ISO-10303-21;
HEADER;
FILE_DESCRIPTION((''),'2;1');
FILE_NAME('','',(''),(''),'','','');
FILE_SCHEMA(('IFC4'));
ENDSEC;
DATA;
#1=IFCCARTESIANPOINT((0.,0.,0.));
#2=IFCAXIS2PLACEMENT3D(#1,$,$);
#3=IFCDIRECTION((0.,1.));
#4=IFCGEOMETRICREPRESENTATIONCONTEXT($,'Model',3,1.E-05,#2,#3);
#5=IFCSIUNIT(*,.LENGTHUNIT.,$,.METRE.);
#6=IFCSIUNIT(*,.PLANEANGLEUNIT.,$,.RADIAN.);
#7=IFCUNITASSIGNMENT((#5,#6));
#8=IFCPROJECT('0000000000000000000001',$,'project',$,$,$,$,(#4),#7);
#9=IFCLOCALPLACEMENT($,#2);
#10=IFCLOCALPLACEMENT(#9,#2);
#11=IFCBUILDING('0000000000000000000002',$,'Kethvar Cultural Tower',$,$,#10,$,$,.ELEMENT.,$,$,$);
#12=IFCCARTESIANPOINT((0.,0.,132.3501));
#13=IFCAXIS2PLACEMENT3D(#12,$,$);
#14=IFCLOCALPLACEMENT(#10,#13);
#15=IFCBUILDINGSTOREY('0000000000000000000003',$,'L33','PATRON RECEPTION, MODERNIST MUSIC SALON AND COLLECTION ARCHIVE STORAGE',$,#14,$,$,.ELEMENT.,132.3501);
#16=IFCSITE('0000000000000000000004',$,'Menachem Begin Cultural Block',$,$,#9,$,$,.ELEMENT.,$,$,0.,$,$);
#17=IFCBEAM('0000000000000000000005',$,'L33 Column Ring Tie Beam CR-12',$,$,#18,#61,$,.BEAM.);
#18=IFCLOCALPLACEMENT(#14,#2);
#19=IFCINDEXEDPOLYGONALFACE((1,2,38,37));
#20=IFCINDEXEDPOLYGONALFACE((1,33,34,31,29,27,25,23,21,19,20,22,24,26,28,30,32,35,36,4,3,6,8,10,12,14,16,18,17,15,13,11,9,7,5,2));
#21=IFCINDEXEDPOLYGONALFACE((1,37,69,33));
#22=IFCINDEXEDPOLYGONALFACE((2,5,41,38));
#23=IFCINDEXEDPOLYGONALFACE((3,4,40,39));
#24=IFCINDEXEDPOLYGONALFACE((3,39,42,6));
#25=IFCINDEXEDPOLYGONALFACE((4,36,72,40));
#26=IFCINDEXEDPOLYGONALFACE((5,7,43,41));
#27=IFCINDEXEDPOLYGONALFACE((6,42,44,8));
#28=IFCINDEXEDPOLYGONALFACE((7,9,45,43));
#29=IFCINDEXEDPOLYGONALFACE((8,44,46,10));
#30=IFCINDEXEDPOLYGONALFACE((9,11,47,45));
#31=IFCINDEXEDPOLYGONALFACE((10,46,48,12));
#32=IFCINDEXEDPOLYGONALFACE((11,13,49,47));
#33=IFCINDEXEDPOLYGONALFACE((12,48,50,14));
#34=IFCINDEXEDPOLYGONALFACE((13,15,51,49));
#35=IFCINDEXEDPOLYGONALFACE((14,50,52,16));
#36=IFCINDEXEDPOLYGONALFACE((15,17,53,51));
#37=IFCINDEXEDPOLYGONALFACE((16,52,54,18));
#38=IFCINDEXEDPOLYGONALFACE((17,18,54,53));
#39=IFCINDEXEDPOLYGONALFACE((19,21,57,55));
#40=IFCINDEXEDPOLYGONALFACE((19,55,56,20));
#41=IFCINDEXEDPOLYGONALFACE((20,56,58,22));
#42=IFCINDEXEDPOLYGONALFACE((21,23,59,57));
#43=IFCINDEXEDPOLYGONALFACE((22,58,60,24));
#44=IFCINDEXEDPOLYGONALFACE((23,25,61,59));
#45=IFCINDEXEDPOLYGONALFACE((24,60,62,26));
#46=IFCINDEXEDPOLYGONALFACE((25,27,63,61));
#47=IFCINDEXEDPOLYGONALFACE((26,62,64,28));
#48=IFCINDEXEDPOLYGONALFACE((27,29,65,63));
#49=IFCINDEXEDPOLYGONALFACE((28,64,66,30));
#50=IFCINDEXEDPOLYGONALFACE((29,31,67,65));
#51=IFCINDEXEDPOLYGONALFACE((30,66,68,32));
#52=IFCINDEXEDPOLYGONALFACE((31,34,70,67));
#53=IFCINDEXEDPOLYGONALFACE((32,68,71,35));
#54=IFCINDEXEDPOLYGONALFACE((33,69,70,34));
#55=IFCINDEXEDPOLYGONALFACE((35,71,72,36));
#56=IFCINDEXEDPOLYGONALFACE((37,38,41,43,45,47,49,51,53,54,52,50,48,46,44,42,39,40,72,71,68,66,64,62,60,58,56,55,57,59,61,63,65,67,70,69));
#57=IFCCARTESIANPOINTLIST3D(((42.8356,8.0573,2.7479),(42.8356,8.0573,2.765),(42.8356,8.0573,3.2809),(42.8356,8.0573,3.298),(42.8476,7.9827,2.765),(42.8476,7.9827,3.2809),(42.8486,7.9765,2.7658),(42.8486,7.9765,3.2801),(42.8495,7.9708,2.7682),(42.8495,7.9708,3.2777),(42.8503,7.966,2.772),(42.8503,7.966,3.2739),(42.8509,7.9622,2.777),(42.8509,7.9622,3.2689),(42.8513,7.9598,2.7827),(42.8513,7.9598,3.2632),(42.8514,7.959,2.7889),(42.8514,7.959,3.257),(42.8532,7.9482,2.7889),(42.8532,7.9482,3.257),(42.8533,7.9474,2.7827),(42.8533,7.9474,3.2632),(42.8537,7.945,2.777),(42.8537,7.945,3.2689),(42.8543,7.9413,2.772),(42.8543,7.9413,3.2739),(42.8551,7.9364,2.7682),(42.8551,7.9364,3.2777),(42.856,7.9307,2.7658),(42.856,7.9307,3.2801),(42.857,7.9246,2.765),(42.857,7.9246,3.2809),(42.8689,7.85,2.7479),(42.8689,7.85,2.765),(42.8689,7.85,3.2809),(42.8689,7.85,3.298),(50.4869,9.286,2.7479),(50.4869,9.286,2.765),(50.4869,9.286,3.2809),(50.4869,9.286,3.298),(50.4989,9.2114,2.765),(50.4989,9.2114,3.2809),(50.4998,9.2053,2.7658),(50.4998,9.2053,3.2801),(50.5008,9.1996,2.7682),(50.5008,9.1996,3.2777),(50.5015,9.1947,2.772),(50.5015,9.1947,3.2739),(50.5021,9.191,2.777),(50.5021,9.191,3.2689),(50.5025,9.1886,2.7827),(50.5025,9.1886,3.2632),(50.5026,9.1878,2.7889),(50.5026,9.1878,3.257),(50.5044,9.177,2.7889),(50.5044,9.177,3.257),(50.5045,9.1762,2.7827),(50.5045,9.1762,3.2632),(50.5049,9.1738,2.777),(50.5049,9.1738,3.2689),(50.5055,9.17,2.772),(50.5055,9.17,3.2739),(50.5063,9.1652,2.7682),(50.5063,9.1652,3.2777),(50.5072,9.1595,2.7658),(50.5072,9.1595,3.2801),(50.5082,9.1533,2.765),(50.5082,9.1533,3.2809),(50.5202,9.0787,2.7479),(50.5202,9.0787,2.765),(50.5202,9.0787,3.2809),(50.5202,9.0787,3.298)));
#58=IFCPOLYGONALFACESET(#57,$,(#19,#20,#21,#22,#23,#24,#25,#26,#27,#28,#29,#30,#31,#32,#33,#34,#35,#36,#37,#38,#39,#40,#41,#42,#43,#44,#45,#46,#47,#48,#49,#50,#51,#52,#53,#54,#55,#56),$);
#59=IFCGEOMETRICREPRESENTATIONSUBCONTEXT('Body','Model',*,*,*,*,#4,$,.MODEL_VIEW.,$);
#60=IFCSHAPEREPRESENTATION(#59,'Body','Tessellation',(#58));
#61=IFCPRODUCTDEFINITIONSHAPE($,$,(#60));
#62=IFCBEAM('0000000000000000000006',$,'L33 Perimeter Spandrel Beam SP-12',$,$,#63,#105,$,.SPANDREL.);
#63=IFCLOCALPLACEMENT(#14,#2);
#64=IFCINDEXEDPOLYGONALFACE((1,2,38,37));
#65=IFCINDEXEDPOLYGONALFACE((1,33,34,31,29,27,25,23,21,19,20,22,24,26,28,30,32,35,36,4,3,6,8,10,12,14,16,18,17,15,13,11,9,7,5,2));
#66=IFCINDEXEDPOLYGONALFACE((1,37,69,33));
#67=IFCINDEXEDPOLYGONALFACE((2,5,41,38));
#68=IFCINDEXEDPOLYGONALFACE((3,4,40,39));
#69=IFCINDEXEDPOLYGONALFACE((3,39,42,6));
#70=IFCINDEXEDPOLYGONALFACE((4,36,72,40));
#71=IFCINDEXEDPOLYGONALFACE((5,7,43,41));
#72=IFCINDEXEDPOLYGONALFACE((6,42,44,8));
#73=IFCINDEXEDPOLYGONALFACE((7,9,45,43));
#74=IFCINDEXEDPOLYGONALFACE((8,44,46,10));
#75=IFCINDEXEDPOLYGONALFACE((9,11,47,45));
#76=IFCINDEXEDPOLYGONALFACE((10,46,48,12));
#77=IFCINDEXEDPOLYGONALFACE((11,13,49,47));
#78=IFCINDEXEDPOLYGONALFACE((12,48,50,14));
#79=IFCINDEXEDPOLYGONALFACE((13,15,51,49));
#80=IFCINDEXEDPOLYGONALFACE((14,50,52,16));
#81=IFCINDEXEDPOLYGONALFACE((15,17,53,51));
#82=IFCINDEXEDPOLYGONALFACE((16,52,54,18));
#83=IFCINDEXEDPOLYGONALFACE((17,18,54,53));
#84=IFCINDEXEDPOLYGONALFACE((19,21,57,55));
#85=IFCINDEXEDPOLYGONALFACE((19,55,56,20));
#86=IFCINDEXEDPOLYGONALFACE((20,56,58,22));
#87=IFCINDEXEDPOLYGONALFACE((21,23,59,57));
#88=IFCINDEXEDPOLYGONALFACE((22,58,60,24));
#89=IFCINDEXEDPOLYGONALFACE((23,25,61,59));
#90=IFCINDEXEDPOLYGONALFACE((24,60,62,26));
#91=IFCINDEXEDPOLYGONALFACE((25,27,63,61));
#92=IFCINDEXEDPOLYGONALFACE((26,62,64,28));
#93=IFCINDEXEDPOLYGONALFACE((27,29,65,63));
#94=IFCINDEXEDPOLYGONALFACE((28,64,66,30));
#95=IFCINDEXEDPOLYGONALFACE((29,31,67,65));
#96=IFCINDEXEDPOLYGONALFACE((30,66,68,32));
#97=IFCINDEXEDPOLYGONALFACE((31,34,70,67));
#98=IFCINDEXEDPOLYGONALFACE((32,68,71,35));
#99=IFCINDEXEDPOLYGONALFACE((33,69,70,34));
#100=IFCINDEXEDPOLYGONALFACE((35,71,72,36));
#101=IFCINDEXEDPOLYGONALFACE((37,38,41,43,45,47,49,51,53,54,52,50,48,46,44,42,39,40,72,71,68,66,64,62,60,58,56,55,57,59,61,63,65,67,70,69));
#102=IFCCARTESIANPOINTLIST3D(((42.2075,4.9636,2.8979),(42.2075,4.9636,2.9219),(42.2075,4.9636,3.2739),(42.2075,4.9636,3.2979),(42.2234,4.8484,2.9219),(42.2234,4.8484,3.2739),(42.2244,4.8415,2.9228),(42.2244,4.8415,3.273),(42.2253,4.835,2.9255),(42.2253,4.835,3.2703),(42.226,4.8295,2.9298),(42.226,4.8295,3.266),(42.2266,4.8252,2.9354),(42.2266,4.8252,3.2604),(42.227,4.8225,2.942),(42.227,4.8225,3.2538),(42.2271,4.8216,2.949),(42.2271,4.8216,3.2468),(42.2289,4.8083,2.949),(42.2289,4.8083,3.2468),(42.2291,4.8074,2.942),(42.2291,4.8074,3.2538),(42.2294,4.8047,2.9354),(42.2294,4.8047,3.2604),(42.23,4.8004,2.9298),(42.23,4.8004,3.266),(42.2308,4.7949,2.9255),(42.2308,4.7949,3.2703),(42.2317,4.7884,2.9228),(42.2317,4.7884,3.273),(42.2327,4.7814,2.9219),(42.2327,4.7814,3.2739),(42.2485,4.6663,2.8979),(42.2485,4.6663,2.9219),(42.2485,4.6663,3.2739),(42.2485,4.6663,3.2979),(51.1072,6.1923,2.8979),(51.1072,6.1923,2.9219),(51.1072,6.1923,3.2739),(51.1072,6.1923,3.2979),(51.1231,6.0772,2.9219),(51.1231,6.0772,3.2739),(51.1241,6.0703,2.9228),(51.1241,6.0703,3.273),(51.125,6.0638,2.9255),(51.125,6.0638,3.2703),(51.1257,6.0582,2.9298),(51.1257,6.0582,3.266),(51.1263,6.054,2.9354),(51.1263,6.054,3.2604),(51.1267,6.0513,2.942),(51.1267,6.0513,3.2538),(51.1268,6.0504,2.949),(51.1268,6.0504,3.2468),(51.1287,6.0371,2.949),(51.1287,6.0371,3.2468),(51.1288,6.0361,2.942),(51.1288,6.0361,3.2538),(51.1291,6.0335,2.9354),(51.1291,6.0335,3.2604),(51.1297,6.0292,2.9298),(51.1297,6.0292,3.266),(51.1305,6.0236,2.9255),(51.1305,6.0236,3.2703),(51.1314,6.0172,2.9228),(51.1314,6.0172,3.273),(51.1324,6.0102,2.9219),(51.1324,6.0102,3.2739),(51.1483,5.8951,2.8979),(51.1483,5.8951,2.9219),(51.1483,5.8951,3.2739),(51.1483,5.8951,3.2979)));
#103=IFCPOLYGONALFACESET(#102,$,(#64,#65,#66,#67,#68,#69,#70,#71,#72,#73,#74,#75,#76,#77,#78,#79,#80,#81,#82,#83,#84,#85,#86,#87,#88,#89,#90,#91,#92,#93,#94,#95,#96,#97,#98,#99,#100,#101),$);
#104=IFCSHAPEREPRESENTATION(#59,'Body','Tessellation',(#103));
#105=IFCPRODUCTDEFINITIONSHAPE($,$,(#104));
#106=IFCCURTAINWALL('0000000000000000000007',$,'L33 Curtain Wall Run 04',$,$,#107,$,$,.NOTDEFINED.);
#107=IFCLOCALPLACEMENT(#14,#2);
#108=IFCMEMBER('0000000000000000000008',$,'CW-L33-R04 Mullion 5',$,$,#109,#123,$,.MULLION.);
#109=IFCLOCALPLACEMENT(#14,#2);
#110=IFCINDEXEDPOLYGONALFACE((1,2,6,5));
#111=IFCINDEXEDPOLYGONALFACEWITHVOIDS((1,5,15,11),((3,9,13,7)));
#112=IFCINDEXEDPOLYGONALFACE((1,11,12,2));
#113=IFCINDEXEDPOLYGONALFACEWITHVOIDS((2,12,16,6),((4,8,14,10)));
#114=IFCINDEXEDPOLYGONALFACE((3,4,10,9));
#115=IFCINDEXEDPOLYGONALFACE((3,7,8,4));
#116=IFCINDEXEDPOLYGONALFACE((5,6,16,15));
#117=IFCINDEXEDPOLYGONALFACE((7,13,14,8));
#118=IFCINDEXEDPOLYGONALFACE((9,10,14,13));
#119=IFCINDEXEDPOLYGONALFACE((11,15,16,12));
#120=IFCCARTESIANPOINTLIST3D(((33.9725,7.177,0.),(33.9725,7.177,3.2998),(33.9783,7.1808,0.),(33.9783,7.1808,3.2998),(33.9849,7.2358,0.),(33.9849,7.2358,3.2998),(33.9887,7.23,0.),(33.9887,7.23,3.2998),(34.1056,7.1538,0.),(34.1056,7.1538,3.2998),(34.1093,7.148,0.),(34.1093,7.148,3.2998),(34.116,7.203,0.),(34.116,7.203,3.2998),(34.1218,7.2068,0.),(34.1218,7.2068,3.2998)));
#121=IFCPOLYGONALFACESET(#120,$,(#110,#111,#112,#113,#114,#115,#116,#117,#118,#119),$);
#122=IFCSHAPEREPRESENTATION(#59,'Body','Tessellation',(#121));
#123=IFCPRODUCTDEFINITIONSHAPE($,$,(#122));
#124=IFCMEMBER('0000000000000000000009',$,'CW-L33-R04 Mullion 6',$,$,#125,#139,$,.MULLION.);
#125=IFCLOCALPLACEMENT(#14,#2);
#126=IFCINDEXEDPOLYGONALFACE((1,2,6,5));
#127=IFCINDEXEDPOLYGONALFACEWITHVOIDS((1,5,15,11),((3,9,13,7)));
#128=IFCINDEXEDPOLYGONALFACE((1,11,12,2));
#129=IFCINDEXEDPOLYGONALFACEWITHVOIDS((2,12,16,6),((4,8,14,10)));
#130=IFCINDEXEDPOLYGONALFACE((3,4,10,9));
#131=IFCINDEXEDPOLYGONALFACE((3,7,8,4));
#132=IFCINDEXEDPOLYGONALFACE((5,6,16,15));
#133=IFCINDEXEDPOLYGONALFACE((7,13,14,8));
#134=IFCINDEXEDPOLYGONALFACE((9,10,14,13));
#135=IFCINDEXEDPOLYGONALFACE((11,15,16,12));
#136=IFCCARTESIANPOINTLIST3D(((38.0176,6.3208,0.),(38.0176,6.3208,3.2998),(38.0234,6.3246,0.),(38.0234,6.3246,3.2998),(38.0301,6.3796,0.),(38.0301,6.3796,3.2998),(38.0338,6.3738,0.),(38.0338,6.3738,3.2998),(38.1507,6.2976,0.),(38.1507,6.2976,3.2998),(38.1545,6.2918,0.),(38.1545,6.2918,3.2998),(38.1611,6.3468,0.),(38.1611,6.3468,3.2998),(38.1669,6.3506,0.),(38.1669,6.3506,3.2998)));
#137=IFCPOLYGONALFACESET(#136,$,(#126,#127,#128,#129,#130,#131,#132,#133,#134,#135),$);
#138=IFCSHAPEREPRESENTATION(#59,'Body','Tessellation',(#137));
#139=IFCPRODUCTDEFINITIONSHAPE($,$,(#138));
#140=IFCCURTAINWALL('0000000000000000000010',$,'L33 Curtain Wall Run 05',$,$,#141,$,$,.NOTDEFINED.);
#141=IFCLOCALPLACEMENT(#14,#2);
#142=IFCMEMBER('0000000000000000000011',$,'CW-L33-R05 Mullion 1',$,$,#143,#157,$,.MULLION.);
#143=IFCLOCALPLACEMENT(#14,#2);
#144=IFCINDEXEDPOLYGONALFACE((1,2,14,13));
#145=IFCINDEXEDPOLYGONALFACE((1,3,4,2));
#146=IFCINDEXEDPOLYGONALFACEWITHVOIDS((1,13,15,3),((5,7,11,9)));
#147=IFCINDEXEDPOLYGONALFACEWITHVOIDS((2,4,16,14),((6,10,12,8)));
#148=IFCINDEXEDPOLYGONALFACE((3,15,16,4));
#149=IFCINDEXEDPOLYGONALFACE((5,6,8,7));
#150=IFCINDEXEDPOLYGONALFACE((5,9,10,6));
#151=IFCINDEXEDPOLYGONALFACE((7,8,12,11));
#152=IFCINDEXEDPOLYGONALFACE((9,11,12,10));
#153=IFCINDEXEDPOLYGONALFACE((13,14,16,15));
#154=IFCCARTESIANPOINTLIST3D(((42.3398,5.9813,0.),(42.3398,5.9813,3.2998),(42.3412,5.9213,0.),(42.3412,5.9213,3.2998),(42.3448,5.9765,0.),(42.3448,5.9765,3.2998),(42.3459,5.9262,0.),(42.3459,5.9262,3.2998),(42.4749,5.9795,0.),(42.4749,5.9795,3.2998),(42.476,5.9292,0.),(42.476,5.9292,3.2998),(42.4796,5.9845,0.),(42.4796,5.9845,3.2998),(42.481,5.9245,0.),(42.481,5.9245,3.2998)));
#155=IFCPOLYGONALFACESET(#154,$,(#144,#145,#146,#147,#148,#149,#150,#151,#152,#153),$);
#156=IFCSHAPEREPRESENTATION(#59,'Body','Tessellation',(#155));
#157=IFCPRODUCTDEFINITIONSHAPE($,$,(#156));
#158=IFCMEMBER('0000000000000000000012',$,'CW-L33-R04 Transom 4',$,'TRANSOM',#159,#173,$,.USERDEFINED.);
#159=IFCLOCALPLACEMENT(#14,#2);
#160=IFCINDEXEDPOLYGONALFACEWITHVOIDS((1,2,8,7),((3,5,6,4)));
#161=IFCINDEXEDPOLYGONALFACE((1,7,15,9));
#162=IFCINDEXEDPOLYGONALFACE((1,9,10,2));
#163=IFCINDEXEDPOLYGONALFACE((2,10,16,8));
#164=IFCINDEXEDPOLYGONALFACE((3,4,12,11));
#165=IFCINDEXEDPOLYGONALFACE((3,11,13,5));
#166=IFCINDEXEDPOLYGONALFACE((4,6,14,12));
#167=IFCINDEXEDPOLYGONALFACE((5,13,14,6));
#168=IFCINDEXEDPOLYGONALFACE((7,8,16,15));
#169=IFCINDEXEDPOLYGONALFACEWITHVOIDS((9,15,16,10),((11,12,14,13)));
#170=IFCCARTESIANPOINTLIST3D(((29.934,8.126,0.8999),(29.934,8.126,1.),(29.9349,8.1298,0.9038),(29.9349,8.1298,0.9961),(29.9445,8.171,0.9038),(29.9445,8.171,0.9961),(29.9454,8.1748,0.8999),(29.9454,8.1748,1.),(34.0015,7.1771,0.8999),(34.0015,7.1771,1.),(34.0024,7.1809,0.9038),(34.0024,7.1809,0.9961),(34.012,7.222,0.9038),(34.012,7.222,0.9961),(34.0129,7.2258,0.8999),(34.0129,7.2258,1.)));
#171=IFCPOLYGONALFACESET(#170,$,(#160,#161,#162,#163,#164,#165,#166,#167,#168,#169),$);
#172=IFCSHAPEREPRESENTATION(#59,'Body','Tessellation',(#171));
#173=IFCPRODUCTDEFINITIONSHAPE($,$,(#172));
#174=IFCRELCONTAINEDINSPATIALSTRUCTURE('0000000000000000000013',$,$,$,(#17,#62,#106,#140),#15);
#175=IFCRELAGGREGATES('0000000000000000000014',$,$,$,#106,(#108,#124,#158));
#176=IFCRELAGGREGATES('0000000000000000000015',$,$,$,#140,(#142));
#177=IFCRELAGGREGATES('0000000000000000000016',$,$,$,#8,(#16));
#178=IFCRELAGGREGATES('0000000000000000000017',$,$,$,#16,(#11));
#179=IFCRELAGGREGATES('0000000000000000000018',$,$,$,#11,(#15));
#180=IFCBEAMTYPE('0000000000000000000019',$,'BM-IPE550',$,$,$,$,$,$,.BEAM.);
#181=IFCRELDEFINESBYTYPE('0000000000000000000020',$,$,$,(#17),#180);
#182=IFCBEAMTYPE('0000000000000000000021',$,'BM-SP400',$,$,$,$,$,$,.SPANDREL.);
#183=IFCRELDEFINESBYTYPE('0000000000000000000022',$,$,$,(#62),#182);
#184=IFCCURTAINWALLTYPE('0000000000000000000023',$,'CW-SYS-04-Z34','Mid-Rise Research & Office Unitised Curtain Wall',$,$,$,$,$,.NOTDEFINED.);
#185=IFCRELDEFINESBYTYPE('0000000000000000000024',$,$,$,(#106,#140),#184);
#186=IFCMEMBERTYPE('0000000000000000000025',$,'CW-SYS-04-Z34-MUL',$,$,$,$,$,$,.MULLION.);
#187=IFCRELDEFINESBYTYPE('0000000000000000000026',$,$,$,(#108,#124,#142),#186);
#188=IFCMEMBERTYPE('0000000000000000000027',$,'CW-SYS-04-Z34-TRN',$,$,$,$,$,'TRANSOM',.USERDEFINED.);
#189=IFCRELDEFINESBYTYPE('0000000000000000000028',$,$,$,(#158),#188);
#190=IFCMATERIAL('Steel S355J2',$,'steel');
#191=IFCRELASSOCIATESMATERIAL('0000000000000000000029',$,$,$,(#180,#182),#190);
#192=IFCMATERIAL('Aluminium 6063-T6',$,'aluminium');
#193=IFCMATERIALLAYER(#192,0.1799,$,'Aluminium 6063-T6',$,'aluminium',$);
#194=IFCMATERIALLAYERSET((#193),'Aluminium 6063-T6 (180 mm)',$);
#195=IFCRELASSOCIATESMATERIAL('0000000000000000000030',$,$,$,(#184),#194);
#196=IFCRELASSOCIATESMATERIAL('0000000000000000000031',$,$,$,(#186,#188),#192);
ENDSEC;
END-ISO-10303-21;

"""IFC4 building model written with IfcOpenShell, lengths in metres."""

from ifc_helpers import new_model, si_unit, direction, frame, origin, origin_2d, place, context, subcontext, project, spatial, hollow_rectangle, i_section, extrude, source, transform, mapped, material, layer, layer_set, material_profile, profile_set, type_object, element, aggregate, save


model = new_model("IFC4")

# Units and contexts
model_context = context("Model", 3, precision=1e-05, world=origin(), true_north=direction((0.0, 1.0)))
body_context = subcontext(model_context, "Body", "Model", "MODEL_VIEW")
ifc_project = project(units=[si_unit("LENGTHUNIT", "METRE"), si_unit("PLANEANGLEUNIT", "RADIAN")], contexts=[model_context])

# Site, building, storey
site_placement = place(None, origin())
site = spatial("IfcSite", under=ifc_project, at=site_placement, Name="Menachem Begin Cultural Block", CompositionType="ELEMENT", RefElevation=0.0)
building_placement = place(site_placement, origin())
building = spatial("IfcBuilding", under=site, at=building_placement, Name="Kethvar Cultural Tower", CompositionType="ELEMENT")
storey_placement = place(building_placement, frame((0.0, 0.0, 132.3501)))
storey = spatial("IfcBuildingStorey", under=building, at=storey_placement, Name="L33", Description="PATRON RECEPTION, MODERNIST MUSIC SALON AND COLLECTION ARCHIVE STORAGE", CompositionType="ELEMENT", Elevation=132.3501)

# Beams
ifc_material_1 = material(Name="Steel S355J2", Category="steel")
ifc_material_profile_1 = material_profile(ifc_material_1, i_section(OverallWidth=0.21, OverallDepth=0.55, WebThickness=0.011, FlangeThickness=0.0171, FilletRadius=0.0239, at=origin_2d()), Name="Steel S355J2 — IPE550")
ifc_profile_set_1 = profile_set([ifc_material_profile_1], Name="Steel S355J2 — IPE550")
beam_type_1 = type_object("IfcBeamType", Name="BM-IPE550", PredefinedType="BEAM", material=ifc_profile_set_1)
ifc_material_profile_2 = material_profile(ifc_material_1, i_section(OverallWidth=0.3, OverallDepth=0.3999, WebThickness=0.0134, FlangeThickness=0.0239, FilletRadius=0.0271, at=origin_2d()), Name="Steel S355J2 — HEB400")
ifc_profile_set_2 = profile_set([ifc_material_profile_2], Name="Steel S355J2 — HEB400")
beam_type_2 = type_object("IfcBeamType", Name="BM-SP400", PredefinedType="SPANDREL", material=ifc_profile_set_2)
shared_shape_1 = source(origin(), body_context, "Body", "SweptSolid", [
    extrude(i_section(OverallWidth=0.21, OverallDepth=0.55, WebThickness=0.011, FlangeThickness=0.0171, FilletRadius=0.0239, at=origin_2d()), origin(), (0.0, 0.0, 1.0), 7.7493),
])
beam_1_placement = place(storey_placement, frame((42.8523, 7.9536, 3.0229), z_axis=(0.987348, 0.158567, 0.0), x_axis=(-0.158567, 0.987348, 0.0)))
element("IfcBeam", 1, at=beam_1_placement, inside=storey, type_object=beam_type_1, Name="L33 Column Ring Tie Beam CR-12", PredefinedType="BEAM", context=body_context, shape_type="MappedRepresentation", body=[
    mapped(shared_shape_1, transform((0.0, 0.0, 0.0), scale=1.0)),
])
shared_shape_2 = source(origin(), body_context, "Body", "SweptSolid", [
    extrude(i_section(OverallWidth=0.3, OverallDepth=0.3999, WebThickness=0.0134, FlangeThickness=0.0239, FilletRadius=0.0271, at=origin_2d()), origin(), (0.0, 0.0, 1.0), 8.9841),
])
beam_2_placement = place(storey_placement, frame((42.228, 4.8149, 3.0979), z_axis=(0.990603, 0.136771, 0.0), x_axis=(-0.136771, 0.990603, 0.0)))
element("IfcBeam", 2, at=beam_2_placement, inside=storey, type_object=beam_type_2, Name="L33 Perimeter Spandrel Beam SP-12", PredefinedType="SPANDREL", context=body_context, shape_type="MappedRepresentation", body=[
    mapped(shared_shape_2, transform((0.0, 0.0, 0.0), scale=1.0)),
])

# Curtain wall, members
ifc_material_2 = material(Name="Aluminium 6063-T6", Category="aluminium")
ifc_layer_1 = layer(ifc_material_2, 0.1799, Name="Aluminium 6063-T6", Category="aluminium")
ifc_layer_set_1 = layer_set([ifc_layer_1], Name="Aluminium 6063-T6 (180 mm)")
curtain_wall_type = type_object("IfcCurtainWallType", Name="CW-SYS-04-Z34", Description="Mid-Rise Research & Office Unitised Curtain Wall", PredefinedType="NOTDEFINED", material=ifc_layer_set_1)
curtain_wall_1_placement = place(storey_placement, origin())
curtain_wall_1 = element("IfcCurtainWall", 3, at=curtain_wall_1_placement, inside=storey, type_object=curtain_wall_type, Name="L33 Curtain Wall Run 04", PredefinedType="NOTDEFINED")
ifc_material_profile_3 = material_profile(ifc_material_2, hollow_rectangle(XDim=0.0601, YDim=0.1399, WallThickness=0.0049, at=origin_2d()), Name="Aluminium 6063-T6 — RHS140x60x5")
ifc_profile_set_3 = profile_set([ifc_material_profile_3], Name="Aluminium 6063-T6 — RHS140x60x5")
member_type_1 = type_object("IfcMemberType", Name="CW-SYS-04-Z34-MUL", PredefinedType="MULLION", material=ifc_profile_set_3)
shared_shape_3 = source(origin(), body_context, "Body", "SweptSolid", [
    extrude(hollow_rectangle(XDim=0.0601, YDim=0.1399, WallThickness=0.0049, at=origin_2d()), origin(), (0.0, 0.0, 1.0), 3.2998),
])
member_1_placement = place(storey_placement, frame((34.0471, 7.1919, 0.0), z_axis=(0.0, 0.0, 1.0), x_axis=(0.207092, 0.978321, 0.0)))
member_1 = element("IfcMember", 4, at=member_1_placement, type_object=member_type_1, Name="CW-L33-R04 Mullion 5", PredefinedType="MULLION", context=body_context, shape_type="MappedRepresentation", body=[
    mapped(shared_shape_3, transform((0.0, 0.0, 0.0), scale=1.0)),
])
member_2_placement = place(storey_placement, frame((38.0923, 6.3357, 0.0), z_axis=(0.0, 0.0, 1.0), x_axis=(0.207092, 0.978321, 0.0)))
member_2 = element("IfcMember", 5, at=member_2_placement, type_object=member_type_1, Name="CW-L33-R04 Mullion 6", PredefinedType="MULLION", context=body_context, shape_type="MappedRepresentation", body=[
    mapped(shared_shape_3, transform((0.0, 0.0, 0.0), scale=1.0)),
])

# Curtain wall, member
curtain_wall_2_placement = place(storey_placement, origin())
curtain_wall_2 = element("IfcCurtainWall", 6, at=curtain_wall_2_placement, inside=storey, type_object=curtain_wall_type, Name="L33 Curtain Wall Run 05", PredefinedType="NOTDEFINED")
member_3_placement = place(storey_placement, frame((42.4104, 5.9529, 0.0), z_axis=(0.0, 0.0, 1.0), x_axis=(-0.023001, 0.999735, 0.0)))
member_3 = element("IfcMember", 7, at=member_3_placement, type_object=member_type_1, Name="CW-L33-R05 Mullion 1", PredefinedType="MULLION", context=body_context, shape_type="MappedRepresentation", body=[
    mapped(shared_shape_3, transform((0.0, 0.0, 0.0), scale=1.0)),
])

# Member
ifc_material_profile_4 = material_profile(ifc_material_2, hollow_rectangle(XDim=0.05, YDim=0.1001, WallThickness=0.0039, at=origin_2d()), Name="Aluminium 6063-T6 — RHS100x50x4")
ifc_profile_set_4 = profile_set([ifc_material_profile_4], Name="Aluminium 6063-T6 — RHS100x50x4")
member_type_2 = type_object("IfcMemberType", Name="CW-SYS-04-Z34-TRN", ElementType="TRANSOM", PredefinedType="USERDEFINED", material=ifc_profile_set_4)
shared_shape_4 = source(origin(), body_context, "Body", "SweptSolid", [
    extrude(hollow_rectangle(XDim=0.05, YDim=0.1001, WallThickness=0.0039, at=origin_2d()), origin(), (0.0, 0.0, 1.0), 4.1768),
])
member_4_placement = place(storey_placement, frame((29.9397, 8.1504, 0.95), z_axis=(0.973849, -0.227198, 0.0), x_axis=(0.227198, 0.973849, 0.0)))
member_4 = element("IfcMember", 8, at=member_4_placement, type_object=member_type_2, Name="CW-L33-R04 Transom 4", ObjectType="TRANSOM", PredefinedType="USERDEFINED", context=body_context, shape_type="MappedRepresentation", body=[
    mapped(shared_shape_4, transform((0.0, 0.0, 0.0), scale=1.0)),
])

aggregate(curtain_wall_1, [member_1, member_2, member_4])
aggregate(curtain_wall_2, [member_3])

save(model, "model.ifc")
